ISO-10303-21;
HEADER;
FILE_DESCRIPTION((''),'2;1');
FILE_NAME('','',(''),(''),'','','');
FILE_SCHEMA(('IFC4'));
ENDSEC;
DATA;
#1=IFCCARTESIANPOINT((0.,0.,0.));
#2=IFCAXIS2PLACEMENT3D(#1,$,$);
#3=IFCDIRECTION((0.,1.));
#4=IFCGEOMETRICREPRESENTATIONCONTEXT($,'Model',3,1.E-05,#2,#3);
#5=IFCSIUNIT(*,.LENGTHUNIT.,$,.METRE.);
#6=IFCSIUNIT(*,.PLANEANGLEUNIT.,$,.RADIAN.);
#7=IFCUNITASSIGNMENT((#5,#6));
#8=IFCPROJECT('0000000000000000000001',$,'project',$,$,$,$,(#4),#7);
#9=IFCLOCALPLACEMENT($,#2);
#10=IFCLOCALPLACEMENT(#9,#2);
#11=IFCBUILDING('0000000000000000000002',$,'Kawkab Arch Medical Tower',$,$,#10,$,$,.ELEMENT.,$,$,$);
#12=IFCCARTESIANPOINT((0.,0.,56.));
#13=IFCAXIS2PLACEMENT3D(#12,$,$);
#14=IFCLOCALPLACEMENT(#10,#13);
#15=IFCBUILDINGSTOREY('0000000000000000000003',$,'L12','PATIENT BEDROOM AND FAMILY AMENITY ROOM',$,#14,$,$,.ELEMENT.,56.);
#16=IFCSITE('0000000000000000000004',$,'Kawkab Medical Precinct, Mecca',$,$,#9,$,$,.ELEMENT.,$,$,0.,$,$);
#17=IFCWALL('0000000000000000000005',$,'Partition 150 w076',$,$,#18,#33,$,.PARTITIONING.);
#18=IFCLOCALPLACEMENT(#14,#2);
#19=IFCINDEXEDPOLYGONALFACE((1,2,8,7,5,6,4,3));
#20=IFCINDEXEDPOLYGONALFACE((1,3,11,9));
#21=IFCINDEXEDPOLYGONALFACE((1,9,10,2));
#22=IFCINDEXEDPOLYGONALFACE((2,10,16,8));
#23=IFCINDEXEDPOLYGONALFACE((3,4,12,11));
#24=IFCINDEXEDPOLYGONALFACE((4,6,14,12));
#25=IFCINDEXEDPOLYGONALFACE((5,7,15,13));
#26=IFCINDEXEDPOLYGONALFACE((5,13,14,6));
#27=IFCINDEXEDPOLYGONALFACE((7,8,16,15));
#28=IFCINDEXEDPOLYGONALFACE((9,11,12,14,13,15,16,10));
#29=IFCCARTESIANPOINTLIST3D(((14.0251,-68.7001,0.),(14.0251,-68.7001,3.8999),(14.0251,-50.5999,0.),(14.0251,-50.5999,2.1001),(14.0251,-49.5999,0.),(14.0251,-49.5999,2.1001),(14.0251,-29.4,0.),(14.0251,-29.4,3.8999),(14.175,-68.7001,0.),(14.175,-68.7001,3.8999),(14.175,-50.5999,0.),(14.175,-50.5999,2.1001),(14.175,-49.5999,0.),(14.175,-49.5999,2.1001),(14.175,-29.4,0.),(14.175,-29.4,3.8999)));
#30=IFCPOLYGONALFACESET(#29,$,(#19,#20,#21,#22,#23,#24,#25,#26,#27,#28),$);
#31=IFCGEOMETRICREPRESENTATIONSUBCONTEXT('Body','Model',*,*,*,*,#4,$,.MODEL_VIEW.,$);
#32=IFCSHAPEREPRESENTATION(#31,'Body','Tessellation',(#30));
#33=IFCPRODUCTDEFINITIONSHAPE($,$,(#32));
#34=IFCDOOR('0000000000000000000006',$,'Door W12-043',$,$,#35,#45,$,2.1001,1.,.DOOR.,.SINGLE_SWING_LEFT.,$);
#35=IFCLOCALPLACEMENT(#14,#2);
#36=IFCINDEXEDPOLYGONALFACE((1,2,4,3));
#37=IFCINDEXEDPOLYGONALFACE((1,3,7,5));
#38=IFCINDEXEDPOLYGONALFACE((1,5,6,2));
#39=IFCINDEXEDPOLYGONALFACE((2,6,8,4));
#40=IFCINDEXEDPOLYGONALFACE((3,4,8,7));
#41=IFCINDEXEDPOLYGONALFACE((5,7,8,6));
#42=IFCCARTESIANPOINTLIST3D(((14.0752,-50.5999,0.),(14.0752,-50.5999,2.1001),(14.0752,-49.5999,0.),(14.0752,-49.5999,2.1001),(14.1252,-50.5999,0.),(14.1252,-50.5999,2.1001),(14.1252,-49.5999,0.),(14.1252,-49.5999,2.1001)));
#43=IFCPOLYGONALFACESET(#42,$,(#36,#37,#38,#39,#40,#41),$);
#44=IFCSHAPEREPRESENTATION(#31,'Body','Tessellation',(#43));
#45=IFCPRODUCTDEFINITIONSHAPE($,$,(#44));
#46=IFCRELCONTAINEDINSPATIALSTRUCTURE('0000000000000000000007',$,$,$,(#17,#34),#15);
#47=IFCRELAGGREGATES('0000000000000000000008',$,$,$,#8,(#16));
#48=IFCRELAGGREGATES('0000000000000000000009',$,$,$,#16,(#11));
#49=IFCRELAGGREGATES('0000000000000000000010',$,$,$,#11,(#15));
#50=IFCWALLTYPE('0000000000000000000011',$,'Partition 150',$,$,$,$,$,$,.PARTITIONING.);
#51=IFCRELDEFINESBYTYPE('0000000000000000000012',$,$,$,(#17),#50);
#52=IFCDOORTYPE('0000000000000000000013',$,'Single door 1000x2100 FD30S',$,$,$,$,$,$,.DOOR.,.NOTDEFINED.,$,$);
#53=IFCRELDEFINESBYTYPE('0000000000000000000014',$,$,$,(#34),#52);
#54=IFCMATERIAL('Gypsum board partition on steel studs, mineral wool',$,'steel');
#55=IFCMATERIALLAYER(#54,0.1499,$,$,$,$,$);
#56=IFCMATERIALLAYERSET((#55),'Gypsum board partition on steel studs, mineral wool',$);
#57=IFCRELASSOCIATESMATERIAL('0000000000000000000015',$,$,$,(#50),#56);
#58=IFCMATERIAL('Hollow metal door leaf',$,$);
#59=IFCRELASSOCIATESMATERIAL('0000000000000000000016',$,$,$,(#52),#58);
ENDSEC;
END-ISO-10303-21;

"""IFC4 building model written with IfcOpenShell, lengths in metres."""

from ifc_helpers import new_model, si_unit, direction, frame, frame_2d, origin, place, context, subcontext, project, spatial, rectangle, extrude, material, layer, layer_set, type_object, element, fill, save


model = new_model("IFC4")

# Units and contexts
model_context = context("Model", 3, precision=1e-05, world=origin(), true_north=direction((0.0, 1.0)))
body_context = subcontext(model_context, "Body", "Model", "MODEL_VIEW")
ifc_project = project(units=[si_unit("LENGTHUNIT", "METRE"), si_unit("PLANEANGLEUNIT", "RADIAN")], contexts=[model_context])

# Site, building, storey
site_placement = place(None, origin())
site = spatial("IfcSite", under=ifc_project, at=site_placement, Name="Kawkab Medical Precinct, Mecca", CompositionType="ELEMENT", RefElevation=0.0)
building_placement = place(site_placement, origin())
building = spatial("IfcBuilding", under=site, at=building_placement, Name="Kawkab Arch Medical Tower", CompositionType="ELEMENT")
storey_placement = place(building_placement, frame((0.0, 0.0, 56.0)))
storey = spatial("IfcBuildingStorey", under=building, at=storey_placement, Name="L12", Description="PATIENT BEDROOM AND FAMILY AMENITY ROOM", CompositionType="ELEMENT", Elevation=56.0)

# Shared definitions
ifc_material_1 = material(Name="Gypsum board partition on steel studs, mineral wool", Category="steel")
ifc_layer_1 = layer(ifc_material_1, 0.1499)
ifc_layer_set_1 = layer_set([ifc_layer_1], Name="Gypsum board partition on steel studs, mineral wool")
wall_type_1 = type_object("IfcWallType", Name="Partition 150", PredefinedType="PARTITIONING", material=ifc_layer_set_1)

# Shared definitions
ifc_material_2 = material(Name="Hollow metal door leaf")
door_type_1 = type_object("IfcDoorType", Name="Single door 1000x2100 FD30S", OperationType="NOTDEFINED", PredefinedType="DOOR", material=ifc_material_2)

# Wall, opening, door
wall_1_placement = place(storey_placement, frame((14.1001, -68.7, 0.0), z_axis=(0.0, 0.0, 1.0), x_axis=(0.0, 1.0, 0.0)))
wall_1 = element("IfcWall", 1, at=wall_1_placement, inside=storey, type_object=wall_type_1, Name="Partition 150 w076", PredefinedType="PARTITIONING", context=body_context, shape_type="SweptSolid", body=[
    extrude(rectangle(XDim=39.3, YDim=0.1499, at=frame_2d((19.6499, 0.0))), origin(), (0.0, 0.0, 1.0), 3.8999),
])
opening_1_placement = place(wall_1_placement, frame((18.1001, 0.0, 0.0)))
opening_1 = element("IfcOpeningElement", 2, at=opening_1_placement, cuts=wall_1, PredefinedType="OPENING", context=body_context, shape_type="SweptSolid", body=[
    extrude(rectangle(XDim=1.0, YDim=2.1001, at=frame_2d((0.5, 1.05))), frame((0.0, 0.085, 0.0), z_axis=(0.0, -1.0, 0.0), x_axis=(1.0, 0.0, 0.0)), (0.0, 0.0, 1.0), 0.1699),
])
door_1_placement = place(opening_1_placement, origin())
door_1 = element("IfcDoor", 3, at=door_1_placement, inside=storey, type_object=door_type_1, Name="Door W12-043", OperationType="SINGLE_SWING_LEFT", OverallHeight=2.1001, OverallWidth=1.0, PredefinedType="DOOR", context=body_context, shape_type="SweptSolid", body=[
    extrude(rectangle(XDim=1.0, YDim=2.1001, at=frame_2d((0.5, 1.05))), frame((0.0, 0.0249, 0.0), z_axis=(0.0, -1.0, 0.0), x_axis=(1.0, 0.0, 0.0)), (0.0, 0.0, 1.0), 0.05),
])
fill(opening_1, door_1)

save(model, "model.ifc")
